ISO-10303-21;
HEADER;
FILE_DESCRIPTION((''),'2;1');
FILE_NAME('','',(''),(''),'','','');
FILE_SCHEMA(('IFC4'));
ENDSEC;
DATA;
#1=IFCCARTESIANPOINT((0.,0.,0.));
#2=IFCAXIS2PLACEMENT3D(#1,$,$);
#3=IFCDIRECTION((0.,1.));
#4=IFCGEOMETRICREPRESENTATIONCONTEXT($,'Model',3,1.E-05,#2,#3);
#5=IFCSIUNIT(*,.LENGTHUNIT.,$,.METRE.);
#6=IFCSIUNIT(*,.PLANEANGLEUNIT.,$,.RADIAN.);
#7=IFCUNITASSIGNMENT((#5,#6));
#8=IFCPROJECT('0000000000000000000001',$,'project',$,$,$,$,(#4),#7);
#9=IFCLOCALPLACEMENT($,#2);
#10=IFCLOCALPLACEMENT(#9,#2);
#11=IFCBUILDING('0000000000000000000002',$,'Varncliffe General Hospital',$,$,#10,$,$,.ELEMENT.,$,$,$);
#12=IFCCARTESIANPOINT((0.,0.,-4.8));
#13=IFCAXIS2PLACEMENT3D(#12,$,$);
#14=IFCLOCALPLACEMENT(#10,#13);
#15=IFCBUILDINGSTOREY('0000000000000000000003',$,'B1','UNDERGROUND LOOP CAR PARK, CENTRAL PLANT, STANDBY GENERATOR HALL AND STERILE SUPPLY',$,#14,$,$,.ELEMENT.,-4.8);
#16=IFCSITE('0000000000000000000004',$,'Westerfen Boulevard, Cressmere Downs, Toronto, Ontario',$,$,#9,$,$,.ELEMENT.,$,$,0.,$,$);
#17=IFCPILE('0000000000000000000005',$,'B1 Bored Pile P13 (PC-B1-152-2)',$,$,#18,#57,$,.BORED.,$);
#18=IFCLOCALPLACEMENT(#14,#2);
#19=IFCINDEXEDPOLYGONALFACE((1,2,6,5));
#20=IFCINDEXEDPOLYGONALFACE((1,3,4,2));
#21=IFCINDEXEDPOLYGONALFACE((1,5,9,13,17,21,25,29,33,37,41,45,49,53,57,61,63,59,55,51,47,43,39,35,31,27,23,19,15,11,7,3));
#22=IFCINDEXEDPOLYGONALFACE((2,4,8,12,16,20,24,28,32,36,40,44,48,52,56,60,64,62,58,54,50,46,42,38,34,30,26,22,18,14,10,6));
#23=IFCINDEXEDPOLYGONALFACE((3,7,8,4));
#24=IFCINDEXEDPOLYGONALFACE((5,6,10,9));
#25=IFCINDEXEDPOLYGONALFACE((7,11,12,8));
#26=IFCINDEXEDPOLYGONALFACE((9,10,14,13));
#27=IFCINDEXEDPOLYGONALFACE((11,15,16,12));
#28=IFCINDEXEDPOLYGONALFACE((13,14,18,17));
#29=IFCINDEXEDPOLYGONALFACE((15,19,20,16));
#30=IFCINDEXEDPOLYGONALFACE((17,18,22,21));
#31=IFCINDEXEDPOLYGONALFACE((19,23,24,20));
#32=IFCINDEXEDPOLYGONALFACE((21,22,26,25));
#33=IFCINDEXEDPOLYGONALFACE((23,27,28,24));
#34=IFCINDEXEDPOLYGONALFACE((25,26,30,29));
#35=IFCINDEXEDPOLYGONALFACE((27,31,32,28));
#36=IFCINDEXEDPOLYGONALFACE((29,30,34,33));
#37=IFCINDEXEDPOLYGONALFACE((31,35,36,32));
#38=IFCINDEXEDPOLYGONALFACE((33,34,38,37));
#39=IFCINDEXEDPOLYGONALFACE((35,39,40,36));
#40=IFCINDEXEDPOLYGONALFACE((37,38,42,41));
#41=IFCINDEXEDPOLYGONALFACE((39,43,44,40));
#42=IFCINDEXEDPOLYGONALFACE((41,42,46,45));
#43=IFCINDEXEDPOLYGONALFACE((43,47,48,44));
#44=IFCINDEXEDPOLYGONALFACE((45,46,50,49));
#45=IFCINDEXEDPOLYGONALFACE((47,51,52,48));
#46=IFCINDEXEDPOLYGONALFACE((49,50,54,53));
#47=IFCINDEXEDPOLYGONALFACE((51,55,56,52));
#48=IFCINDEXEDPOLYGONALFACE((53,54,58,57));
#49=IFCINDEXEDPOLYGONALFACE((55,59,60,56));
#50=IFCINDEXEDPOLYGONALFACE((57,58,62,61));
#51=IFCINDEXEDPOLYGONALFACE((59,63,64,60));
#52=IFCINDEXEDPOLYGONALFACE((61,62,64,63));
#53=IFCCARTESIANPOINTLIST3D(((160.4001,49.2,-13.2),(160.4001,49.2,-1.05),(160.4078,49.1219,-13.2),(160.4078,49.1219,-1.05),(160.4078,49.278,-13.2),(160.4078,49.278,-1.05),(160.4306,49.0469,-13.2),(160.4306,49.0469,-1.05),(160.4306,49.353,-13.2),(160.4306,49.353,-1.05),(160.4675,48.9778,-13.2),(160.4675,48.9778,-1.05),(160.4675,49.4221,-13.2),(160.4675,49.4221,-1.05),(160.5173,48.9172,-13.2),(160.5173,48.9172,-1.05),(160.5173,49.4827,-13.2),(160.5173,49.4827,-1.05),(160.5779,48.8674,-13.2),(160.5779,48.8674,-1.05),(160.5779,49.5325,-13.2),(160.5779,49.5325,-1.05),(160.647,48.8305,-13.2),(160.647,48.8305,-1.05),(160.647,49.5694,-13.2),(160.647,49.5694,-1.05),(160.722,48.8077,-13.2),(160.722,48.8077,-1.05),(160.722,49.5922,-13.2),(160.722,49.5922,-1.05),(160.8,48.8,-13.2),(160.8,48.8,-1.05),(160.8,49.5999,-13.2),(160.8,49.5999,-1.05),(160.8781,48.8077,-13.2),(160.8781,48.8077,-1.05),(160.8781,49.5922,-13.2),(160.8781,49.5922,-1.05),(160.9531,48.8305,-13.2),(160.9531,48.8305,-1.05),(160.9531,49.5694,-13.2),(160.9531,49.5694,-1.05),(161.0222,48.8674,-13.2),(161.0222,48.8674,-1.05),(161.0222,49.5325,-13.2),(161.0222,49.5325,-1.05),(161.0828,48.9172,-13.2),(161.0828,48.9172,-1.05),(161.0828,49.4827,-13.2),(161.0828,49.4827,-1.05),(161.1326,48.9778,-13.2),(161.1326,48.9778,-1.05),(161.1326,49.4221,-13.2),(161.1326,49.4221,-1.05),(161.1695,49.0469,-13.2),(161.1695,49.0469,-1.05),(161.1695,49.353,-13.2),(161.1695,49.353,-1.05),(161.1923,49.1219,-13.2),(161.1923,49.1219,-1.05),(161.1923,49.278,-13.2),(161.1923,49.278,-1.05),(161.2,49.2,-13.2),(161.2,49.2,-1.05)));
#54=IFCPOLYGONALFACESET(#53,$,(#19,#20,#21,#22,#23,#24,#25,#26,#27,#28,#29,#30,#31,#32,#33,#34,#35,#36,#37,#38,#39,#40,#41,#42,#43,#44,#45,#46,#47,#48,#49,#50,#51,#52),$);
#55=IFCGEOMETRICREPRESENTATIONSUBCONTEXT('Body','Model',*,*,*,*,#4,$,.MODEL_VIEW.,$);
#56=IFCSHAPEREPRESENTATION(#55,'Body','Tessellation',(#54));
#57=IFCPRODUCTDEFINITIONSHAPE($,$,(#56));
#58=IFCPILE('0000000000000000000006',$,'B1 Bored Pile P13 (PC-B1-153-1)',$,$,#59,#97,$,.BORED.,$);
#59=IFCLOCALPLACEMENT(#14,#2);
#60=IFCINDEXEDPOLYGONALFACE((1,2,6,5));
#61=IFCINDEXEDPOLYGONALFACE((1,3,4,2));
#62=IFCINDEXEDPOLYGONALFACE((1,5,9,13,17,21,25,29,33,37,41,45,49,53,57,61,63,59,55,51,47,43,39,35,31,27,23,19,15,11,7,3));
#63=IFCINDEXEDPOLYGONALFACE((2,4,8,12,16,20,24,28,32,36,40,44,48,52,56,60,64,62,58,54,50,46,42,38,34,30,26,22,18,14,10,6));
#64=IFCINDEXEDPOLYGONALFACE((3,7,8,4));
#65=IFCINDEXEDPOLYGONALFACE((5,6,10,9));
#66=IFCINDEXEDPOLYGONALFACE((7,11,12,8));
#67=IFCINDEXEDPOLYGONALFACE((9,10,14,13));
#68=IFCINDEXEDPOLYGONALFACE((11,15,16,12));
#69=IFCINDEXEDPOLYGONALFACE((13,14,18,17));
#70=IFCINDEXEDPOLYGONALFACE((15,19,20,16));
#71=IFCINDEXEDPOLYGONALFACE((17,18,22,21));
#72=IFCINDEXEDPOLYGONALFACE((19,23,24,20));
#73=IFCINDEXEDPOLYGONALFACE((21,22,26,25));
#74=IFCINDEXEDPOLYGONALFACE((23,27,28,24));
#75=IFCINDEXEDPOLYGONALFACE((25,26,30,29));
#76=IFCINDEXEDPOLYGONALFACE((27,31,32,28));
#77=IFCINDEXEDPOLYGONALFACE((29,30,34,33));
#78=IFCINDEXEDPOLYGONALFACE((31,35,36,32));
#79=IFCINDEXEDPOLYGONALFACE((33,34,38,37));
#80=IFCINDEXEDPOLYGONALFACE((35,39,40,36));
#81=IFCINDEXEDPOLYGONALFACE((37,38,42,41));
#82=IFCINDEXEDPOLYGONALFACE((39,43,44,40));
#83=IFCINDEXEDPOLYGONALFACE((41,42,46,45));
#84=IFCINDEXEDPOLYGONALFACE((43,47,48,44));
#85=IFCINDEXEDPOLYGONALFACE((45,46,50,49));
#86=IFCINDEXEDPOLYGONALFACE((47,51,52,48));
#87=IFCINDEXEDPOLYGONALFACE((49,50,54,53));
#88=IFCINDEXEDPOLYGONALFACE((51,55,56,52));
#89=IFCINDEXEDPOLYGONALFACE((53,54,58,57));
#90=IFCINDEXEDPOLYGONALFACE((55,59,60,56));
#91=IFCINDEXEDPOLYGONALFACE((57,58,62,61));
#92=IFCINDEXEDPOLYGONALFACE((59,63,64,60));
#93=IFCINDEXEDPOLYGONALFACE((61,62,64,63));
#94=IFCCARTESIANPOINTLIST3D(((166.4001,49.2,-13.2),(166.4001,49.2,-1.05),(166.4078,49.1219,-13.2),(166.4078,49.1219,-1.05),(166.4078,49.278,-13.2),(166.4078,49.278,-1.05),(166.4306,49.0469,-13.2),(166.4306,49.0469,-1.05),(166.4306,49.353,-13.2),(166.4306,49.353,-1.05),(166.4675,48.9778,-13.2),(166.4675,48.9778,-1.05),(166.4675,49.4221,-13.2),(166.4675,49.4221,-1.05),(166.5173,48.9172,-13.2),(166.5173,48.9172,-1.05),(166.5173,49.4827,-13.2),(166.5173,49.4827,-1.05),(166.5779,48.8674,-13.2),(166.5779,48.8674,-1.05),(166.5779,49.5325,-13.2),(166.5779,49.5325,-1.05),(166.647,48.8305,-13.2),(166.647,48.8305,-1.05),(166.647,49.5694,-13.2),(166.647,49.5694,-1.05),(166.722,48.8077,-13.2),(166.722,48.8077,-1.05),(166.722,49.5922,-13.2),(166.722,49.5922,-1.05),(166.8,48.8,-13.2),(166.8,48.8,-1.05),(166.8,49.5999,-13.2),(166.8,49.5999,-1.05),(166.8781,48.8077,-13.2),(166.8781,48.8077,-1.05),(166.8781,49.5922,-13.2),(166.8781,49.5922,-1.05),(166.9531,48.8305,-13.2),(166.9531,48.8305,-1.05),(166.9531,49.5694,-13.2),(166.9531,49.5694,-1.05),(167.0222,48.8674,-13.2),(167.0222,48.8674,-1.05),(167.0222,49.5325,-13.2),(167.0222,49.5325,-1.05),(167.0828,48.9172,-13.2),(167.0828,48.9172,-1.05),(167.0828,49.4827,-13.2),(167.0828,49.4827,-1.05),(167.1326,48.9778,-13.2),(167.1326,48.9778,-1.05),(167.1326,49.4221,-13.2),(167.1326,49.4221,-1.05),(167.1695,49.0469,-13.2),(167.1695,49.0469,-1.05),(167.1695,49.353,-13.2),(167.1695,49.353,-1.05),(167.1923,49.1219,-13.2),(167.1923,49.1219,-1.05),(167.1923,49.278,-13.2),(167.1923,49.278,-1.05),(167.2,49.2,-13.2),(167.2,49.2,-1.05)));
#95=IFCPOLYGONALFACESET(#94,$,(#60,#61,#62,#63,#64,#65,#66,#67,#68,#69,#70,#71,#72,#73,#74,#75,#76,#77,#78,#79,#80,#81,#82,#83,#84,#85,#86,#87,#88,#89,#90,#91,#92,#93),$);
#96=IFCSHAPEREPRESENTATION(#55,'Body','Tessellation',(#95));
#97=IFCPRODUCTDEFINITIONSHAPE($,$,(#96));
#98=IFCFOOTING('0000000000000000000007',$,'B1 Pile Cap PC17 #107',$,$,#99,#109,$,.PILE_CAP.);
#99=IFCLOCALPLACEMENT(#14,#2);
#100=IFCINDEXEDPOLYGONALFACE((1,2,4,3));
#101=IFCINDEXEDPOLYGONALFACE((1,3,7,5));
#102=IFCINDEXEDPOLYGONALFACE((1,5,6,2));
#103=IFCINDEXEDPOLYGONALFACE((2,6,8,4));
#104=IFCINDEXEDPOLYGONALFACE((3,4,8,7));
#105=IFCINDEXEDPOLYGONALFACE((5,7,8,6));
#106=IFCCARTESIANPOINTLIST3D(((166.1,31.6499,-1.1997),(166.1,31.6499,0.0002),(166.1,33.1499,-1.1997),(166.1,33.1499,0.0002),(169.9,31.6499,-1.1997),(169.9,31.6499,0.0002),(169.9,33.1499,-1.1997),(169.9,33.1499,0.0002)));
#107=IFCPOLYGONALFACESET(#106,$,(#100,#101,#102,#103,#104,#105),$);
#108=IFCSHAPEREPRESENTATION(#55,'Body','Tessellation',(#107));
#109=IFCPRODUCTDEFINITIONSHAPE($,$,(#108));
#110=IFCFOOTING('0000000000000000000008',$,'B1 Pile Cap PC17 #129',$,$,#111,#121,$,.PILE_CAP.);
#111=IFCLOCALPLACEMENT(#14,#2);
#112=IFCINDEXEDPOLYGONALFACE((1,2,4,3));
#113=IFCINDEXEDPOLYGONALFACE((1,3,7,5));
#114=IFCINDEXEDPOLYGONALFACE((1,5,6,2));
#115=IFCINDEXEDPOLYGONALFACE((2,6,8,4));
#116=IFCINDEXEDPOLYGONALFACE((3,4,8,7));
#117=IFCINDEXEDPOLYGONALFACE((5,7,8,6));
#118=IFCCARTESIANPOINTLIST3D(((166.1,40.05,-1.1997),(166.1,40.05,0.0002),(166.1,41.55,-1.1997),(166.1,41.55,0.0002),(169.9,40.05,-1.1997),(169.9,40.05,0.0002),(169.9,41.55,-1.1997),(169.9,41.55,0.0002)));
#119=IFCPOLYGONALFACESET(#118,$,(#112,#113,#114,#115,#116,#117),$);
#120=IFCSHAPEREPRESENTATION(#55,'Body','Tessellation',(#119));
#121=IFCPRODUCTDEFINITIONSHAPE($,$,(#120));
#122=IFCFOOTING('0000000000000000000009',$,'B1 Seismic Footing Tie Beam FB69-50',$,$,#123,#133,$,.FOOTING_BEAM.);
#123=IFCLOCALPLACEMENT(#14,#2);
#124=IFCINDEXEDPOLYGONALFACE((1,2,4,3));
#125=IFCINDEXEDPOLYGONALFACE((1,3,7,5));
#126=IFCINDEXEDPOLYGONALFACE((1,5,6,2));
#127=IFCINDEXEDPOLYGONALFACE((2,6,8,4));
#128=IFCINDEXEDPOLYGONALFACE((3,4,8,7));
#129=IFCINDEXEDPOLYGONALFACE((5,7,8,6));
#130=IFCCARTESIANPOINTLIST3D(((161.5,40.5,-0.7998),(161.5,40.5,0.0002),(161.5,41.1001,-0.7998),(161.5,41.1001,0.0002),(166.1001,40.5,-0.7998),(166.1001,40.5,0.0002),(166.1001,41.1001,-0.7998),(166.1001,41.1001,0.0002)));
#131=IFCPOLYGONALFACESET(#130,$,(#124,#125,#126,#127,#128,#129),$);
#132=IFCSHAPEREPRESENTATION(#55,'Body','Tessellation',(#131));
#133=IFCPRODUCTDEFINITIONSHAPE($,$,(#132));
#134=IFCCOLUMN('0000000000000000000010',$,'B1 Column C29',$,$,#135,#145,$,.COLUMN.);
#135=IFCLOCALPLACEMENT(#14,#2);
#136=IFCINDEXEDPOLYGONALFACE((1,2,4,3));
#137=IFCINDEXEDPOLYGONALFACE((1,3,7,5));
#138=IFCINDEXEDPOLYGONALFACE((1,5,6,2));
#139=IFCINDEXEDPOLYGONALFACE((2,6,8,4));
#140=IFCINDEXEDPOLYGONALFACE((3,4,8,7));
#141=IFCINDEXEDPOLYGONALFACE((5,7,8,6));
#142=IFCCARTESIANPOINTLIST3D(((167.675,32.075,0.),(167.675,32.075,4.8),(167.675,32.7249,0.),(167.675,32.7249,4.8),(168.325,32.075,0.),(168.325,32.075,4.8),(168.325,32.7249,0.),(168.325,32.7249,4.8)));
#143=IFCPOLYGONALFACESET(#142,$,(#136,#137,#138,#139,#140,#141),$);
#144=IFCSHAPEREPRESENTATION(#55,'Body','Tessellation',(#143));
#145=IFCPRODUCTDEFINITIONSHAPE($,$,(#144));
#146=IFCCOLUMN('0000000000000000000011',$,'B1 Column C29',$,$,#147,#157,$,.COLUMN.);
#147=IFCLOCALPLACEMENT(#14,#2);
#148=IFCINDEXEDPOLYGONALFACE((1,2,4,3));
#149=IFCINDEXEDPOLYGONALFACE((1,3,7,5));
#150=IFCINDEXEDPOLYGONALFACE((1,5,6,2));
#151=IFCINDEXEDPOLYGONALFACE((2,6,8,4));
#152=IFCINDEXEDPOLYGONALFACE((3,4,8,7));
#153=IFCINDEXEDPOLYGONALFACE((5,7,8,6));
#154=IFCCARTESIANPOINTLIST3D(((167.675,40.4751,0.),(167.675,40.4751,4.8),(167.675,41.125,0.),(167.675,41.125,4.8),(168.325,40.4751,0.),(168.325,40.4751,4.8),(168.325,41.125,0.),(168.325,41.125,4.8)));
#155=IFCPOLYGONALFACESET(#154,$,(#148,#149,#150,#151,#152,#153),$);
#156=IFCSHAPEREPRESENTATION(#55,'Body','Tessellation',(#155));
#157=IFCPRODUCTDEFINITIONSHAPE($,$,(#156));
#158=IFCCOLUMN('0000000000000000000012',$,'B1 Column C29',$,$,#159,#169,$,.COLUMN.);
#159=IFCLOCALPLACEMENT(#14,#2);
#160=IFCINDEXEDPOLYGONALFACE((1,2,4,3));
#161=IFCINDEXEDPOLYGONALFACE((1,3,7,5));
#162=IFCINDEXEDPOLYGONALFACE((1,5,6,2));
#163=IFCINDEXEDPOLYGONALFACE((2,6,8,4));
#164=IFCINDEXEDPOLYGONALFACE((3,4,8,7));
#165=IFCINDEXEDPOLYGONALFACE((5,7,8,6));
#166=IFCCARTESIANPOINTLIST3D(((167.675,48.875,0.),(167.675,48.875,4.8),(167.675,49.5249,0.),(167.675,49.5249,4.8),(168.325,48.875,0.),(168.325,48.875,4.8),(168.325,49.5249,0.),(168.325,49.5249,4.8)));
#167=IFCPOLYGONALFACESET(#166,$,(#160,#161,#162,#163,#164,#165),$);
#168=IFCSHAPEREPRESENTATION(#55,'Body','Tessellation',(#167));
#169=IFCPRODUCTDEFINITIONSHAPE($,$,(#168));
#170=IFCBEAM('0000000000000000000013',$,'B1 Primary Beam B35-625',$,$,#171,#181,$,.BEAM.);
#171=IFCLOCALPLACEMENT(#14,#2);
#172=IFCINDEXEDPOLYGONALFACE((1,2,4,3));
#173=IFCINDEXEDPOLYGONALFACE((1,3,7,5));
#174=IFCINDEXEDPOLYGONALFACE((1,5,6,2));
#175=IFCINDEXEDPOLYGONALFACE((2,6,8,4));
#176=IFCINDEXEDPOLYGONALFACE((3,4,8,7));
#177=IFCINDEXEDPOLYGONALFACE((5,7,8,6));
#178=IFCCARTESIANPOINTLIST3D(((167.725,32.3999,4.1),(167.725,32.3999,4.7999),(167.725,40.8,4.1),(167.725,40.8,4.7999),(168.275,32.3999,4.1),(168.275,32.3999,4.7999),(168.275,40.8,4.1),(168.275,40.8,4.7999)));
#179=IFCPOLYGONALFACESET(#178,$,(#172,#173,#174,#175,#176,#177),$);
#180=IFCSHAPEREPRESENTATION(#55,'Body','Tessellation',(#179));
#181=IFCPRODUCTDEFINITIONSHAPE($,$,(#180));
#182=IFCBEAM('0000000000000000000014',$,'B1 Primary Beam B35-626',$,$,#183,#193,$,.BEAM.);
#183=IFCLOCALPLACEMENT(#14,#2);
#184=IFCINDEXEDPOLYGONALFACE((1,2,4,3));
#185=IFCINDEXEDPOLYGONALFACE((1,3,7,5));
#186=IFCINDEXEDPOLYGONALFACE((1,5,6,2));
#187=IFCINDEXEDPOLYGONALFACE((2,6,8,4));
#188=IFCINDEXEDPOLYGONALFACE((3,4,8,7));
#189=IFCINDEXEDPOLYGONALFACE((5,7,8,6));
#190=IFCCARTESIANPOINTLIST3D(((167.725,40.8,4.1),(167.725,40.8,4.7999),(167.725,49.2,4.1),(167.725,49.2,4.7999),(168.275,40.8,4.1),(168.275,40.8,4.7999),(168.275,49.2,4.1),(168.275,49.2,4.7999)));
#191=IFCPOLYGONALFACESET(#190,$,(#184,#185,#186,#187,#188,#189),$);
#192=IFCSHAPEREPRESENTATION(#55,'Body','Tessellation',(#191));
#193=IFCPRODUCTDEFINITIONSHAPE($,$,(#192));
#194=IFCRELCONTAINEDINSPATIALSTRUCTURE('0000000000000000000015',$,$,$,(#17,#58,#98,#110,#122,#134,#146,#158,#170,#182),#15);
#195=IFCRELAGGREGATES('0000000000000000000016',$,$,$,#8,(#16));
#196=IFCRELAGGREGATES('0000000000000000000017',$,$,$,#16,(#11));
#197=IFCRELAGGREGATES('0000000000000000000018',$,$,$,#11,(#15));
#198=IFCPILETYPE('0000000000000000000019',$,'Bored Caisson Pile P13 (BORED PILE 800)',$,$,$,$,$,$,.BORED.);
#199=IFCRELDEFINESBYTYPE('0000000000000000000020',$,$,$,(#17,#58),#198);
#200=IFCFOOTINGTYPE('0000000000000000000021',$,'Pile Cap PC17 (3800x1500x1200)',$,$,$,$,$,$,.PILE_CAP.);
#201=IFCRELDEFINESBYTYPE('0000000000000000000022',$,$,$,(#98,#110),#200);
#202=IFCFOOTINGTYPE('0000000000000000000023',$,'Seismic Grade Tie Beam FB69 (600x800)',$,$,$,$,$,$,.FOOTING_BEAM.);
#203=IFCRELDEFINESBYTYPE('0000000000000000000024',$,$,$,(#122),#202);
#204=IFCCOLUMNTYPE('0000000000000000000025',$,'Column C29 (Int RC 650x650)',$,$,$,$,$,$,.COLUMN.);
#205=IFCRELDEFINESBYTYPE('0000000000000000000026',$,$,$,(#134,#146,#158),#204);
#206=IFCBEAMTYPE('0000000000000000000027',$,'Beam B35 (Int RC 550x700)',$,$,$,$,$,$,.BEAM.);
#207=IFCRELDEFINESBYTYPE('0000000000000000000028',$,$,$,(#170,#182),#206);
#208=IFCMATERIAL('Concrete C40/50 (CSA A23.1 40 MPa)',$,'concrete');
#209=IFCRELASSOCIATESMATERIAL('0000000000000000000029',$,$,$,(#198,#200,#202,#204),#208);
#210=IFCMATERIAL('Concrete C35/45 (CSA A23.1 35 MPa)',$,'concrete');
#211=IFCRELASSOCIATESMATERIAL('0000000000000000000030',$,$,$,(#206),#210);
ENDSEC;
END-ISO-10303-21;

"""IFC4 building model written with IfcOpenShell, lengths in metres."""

from ifc_helpers import new_model, si_unit, direction, frame, origin, origin_2d, place, context, subcontext, project, spatial, rectangle, circle, extrude, material, material_profile, profile_set, type_object, element, save


model = new_model("IFC4")

# Units and contexts
model_context = context("Model", 3, precision=1e-05, world=origin(), true_north=direction((0.0, 1.0)))
body_context = subcontext(model_context, "Body", "Model", "MODEL_VIEW")
ifc_project = project(units=[si_unit("LENGTHUNIT", "METRE"), si_unit("PLANEANGLEUNIT", "RADIAN")], contexts=[model_context])

# Site, building, storey
site_placement = place(None, origin())
site = spatial("IfcSite", under=ifc_project, at=site_placement, Name="Westerfen Boulevard, Cressmere Downs, Toronto, Ontario", CompositionType="ELEMENT", RefElevation=0.0)
building_placement = place(site_placement, origin())
building = spatial("IfcBuilding", under=site, at=building_placement, Name="Varncliffe General Hospital", CompositionType="ELEMENT")
storey_placement = place(building_placement, frame((0.0, 0.0, -4.8)))
storey = spatial("IfcBuildingStorey", under=building, at=storey_placement, Name="B1", Description="UNDERGROUND LOOP CAR PARK, CENTRAL PLANT, STANDBY GENERATOR HALL AND STERILE SUPPLY", CompositionType="ELEMENT", Elevation=-4.8)

# Piles
ifc_material_1 = material(Name="Concrete C40/50 (CSA A23.1 40 MPa)", Category="concrete")
ifc_material_profile_1 = material_profile(ifc_material_1, circle(Radius=0.3999, at=origin_2d()), Name="BORED PILE 800")
ifc_profile_set_1 = profile_set([ifc_material_profile_1], Name="Concrete C40/50 (CSA A23.1 40 MPa)")
pile_type = type_object("IfcPileType", Name="Bored Caisson Pile P13 (BORED PILE 800)", PredefinedType="BORED", material=ifc_profile_set_1)
for number, where, z_axis, x_axis, name in (
    (1, (160.8, 49.2, -1.05), (0.0, 0.0, -1.0), (1.0, 0.0, 0.0), "B1 Bored Pile P13 (PC-B1-152-2)"),
    (2, (166.8, 49.2, -1.05), (0.0, 0.0, -1.0), (1.0, 0.0, 0.0), "B1 Bored Pile P13 (PC-B1-153-1)"),
):
    element("IfcPile", number, at=place(storey_placement, frame(where, z_axis=z_axis, x_axis=x_axis)), inside=storey, type_object=pile_type, Name=name, PredefinedType="BORED", context=body_context, shape_type="SweptSolid", body=[
        extrude(circle(Radius=0.3999, at=origin_2d()), origin(), (0.0, 0.0, 1.0), 12.1499),
    ])

# Footings
footing_type_1 = type_object("IfcFootingType", Name="Pile Cap PC17 (3800x1500x1200)", PredefinedType="PILE_CAP", material=ifc_material_1)
for number, where, z_axis, x_axis, name in (
    (3, (168.0, 32.3999, -1.1997), (0.0, 0.0, 1.0), (1.0, 0.0, 0.0), "B1 Pile Cap PC17 #107"),
    (4, (168.0, 40.8, -1.1997), (0.0, 0.0, 1.0), (1.0, 0.0, 0.0), "B1 Pile Cap PC17 #129"),
):
    element("IfcFooting", number, at=place(storey_placement, frame(where, z_axis=z_axis, x_axis=x_axis)), inside=storey, type_object=footing_type_1, Name=name, PredefinedType="PILE_CAP", context=body_context, shape_type="SweptSolid", body=[
        extrude(rectangle(XDim=3.8, YDim=1.5, at=origin_2d()), origin(), (0.0, 0.0, 1.0), 1.2),
    ])
footing_type_2 = type_object("IfcFootingType", Name="Seismic Grade Tie Beam FB69 (600x800)", PredefinedType="FOOTING_BEAM", material=ifc_material_1)
footing_placement = place(storey_placement, frame((163.8, 40.8, -0.7998), z_axis=(0.0, 0.0, 1.0), x_axis=(1.0, 0.0, 0.0)))
element("IfcFooting", 5, at=footing_placement, inside=storey, type_object=footing_type_2, Name="B1 Seismic Footing Tie Beam FB69-50", PredefinedType="FOOTING_BEAM", context=body_context, shape_type="SweptSolid", body=[
    extrude(rectangle(XDim=4.6001, YDim=0.6001, at=origin_2d()), origin(), (0.0, 0.0, 1.0), 0.8),
])

# Columns
ifc_material_profile_2 = material_profile(ifc_material_1, rectangle(XDim=0.6499, YDim=0.6499, at=origin_2d()), Name="RC 650x650")
ifc_profile_set_2 = profile_set([ifc_material_profile_2], Name="Concrete C40/50 (CSA A23.1 40 MPa)")
column_type = type_object("IfcColumnType", Name="Column C29 (Int RC 650x650)", PredefinedType="COLUMN", material=ifc_profile_set_2)
for number, where, z_axis, x_axis, name in (
    (6, (168.0, 32.3999, 0.0), (0.0, 0.0, 1.0), (1.0, 0.0, 0.0), "B1 Column C29"),
    (7, (168.0, 40.8, 0.0), (0.0, 0.0, 1.0), (1.0, 0.0, 0.0), "B1 Column C29"),
    (8, (168.0, 49.2, 0.0), (0.0, 0.0, 1.0), (1.0, 0.0, 0.0), "B1 Column C29"),
):
    element("IfcColumn", number, at=place(storey_placement, frame(where, z_axis=z_axis, x_axis=x_axis)), inside=storey, type_object=column_type, Name=name, PredefinedType="COLUMN", context=body_context, shape_type="SweptSolid", body=[
        extrude(rectangle(XDim=0.6499, YDim=0.6499, at=origin_2d()), origin(), (0.0, 0.0, 1.0), 4.8),
    ])

# Beams
ifc_material_2 = material(Name="Concrete C35/45 (CSA A23.1 35 MPa)", Category="concrete")
ifc_material_profile_3 = material_profile(ifc_material_2, rectangle(XDim=0.55, YDim=0.7, at=origin_2d()), Name="RC 550x700")
ifc_profile_set_3 = profile_set([ifc_material_profile_3], Name="Concrete C35/45 (CSA A23.1 35 MPa)")
beam_type_1 = type_object("IfcBeamType", Name="Beam B35 (Int RC 550x700)", PredefinedType="BEAM", material=ifc_profile_set_3)
beam_1_placement = place(storey_placement, frame((168.0, 32.3999, 4.45), z_axis=(0.0, 1.0, 0.0), x_axis=(-1.0, 0.0, 0.0)))
element("IfcBeam", 9, at=beam_1_placement, inside=storey, type_object=beam_type_1, Name="B1 Primary Beam B35-625", PredefinedType="BEAM", context=body_context, shape_type="SweptSolid", body=[
    extrude(rectangle(XDim=0.55, YDim=0.7, at=origin_2d()), origin(), (0.0, 0.0, 1.0), 8.4001),
])
beam_2_placement = place(storey_placement, frame((168.0, 40.8, 4.45), z_axis=(0.0, 1.0, 0.0), x_axis=(-1.0, 0.0, 0.0)))
element("IfcBeam", 10, at=beam_2_placement, inside=storey, type_object=beam_type_1, Name="B1 Primary Beam B35-626", PredefinedType="BEAM", context=body_context, shape_type="SweptSolid", body=[
    extrude(rectangle(XDim=0.55, YDim=0.7, at=origin_2d()), origin(), (0.0, 0.0, 1.0), 8.3999),
])

save(model, "model.ifc")
